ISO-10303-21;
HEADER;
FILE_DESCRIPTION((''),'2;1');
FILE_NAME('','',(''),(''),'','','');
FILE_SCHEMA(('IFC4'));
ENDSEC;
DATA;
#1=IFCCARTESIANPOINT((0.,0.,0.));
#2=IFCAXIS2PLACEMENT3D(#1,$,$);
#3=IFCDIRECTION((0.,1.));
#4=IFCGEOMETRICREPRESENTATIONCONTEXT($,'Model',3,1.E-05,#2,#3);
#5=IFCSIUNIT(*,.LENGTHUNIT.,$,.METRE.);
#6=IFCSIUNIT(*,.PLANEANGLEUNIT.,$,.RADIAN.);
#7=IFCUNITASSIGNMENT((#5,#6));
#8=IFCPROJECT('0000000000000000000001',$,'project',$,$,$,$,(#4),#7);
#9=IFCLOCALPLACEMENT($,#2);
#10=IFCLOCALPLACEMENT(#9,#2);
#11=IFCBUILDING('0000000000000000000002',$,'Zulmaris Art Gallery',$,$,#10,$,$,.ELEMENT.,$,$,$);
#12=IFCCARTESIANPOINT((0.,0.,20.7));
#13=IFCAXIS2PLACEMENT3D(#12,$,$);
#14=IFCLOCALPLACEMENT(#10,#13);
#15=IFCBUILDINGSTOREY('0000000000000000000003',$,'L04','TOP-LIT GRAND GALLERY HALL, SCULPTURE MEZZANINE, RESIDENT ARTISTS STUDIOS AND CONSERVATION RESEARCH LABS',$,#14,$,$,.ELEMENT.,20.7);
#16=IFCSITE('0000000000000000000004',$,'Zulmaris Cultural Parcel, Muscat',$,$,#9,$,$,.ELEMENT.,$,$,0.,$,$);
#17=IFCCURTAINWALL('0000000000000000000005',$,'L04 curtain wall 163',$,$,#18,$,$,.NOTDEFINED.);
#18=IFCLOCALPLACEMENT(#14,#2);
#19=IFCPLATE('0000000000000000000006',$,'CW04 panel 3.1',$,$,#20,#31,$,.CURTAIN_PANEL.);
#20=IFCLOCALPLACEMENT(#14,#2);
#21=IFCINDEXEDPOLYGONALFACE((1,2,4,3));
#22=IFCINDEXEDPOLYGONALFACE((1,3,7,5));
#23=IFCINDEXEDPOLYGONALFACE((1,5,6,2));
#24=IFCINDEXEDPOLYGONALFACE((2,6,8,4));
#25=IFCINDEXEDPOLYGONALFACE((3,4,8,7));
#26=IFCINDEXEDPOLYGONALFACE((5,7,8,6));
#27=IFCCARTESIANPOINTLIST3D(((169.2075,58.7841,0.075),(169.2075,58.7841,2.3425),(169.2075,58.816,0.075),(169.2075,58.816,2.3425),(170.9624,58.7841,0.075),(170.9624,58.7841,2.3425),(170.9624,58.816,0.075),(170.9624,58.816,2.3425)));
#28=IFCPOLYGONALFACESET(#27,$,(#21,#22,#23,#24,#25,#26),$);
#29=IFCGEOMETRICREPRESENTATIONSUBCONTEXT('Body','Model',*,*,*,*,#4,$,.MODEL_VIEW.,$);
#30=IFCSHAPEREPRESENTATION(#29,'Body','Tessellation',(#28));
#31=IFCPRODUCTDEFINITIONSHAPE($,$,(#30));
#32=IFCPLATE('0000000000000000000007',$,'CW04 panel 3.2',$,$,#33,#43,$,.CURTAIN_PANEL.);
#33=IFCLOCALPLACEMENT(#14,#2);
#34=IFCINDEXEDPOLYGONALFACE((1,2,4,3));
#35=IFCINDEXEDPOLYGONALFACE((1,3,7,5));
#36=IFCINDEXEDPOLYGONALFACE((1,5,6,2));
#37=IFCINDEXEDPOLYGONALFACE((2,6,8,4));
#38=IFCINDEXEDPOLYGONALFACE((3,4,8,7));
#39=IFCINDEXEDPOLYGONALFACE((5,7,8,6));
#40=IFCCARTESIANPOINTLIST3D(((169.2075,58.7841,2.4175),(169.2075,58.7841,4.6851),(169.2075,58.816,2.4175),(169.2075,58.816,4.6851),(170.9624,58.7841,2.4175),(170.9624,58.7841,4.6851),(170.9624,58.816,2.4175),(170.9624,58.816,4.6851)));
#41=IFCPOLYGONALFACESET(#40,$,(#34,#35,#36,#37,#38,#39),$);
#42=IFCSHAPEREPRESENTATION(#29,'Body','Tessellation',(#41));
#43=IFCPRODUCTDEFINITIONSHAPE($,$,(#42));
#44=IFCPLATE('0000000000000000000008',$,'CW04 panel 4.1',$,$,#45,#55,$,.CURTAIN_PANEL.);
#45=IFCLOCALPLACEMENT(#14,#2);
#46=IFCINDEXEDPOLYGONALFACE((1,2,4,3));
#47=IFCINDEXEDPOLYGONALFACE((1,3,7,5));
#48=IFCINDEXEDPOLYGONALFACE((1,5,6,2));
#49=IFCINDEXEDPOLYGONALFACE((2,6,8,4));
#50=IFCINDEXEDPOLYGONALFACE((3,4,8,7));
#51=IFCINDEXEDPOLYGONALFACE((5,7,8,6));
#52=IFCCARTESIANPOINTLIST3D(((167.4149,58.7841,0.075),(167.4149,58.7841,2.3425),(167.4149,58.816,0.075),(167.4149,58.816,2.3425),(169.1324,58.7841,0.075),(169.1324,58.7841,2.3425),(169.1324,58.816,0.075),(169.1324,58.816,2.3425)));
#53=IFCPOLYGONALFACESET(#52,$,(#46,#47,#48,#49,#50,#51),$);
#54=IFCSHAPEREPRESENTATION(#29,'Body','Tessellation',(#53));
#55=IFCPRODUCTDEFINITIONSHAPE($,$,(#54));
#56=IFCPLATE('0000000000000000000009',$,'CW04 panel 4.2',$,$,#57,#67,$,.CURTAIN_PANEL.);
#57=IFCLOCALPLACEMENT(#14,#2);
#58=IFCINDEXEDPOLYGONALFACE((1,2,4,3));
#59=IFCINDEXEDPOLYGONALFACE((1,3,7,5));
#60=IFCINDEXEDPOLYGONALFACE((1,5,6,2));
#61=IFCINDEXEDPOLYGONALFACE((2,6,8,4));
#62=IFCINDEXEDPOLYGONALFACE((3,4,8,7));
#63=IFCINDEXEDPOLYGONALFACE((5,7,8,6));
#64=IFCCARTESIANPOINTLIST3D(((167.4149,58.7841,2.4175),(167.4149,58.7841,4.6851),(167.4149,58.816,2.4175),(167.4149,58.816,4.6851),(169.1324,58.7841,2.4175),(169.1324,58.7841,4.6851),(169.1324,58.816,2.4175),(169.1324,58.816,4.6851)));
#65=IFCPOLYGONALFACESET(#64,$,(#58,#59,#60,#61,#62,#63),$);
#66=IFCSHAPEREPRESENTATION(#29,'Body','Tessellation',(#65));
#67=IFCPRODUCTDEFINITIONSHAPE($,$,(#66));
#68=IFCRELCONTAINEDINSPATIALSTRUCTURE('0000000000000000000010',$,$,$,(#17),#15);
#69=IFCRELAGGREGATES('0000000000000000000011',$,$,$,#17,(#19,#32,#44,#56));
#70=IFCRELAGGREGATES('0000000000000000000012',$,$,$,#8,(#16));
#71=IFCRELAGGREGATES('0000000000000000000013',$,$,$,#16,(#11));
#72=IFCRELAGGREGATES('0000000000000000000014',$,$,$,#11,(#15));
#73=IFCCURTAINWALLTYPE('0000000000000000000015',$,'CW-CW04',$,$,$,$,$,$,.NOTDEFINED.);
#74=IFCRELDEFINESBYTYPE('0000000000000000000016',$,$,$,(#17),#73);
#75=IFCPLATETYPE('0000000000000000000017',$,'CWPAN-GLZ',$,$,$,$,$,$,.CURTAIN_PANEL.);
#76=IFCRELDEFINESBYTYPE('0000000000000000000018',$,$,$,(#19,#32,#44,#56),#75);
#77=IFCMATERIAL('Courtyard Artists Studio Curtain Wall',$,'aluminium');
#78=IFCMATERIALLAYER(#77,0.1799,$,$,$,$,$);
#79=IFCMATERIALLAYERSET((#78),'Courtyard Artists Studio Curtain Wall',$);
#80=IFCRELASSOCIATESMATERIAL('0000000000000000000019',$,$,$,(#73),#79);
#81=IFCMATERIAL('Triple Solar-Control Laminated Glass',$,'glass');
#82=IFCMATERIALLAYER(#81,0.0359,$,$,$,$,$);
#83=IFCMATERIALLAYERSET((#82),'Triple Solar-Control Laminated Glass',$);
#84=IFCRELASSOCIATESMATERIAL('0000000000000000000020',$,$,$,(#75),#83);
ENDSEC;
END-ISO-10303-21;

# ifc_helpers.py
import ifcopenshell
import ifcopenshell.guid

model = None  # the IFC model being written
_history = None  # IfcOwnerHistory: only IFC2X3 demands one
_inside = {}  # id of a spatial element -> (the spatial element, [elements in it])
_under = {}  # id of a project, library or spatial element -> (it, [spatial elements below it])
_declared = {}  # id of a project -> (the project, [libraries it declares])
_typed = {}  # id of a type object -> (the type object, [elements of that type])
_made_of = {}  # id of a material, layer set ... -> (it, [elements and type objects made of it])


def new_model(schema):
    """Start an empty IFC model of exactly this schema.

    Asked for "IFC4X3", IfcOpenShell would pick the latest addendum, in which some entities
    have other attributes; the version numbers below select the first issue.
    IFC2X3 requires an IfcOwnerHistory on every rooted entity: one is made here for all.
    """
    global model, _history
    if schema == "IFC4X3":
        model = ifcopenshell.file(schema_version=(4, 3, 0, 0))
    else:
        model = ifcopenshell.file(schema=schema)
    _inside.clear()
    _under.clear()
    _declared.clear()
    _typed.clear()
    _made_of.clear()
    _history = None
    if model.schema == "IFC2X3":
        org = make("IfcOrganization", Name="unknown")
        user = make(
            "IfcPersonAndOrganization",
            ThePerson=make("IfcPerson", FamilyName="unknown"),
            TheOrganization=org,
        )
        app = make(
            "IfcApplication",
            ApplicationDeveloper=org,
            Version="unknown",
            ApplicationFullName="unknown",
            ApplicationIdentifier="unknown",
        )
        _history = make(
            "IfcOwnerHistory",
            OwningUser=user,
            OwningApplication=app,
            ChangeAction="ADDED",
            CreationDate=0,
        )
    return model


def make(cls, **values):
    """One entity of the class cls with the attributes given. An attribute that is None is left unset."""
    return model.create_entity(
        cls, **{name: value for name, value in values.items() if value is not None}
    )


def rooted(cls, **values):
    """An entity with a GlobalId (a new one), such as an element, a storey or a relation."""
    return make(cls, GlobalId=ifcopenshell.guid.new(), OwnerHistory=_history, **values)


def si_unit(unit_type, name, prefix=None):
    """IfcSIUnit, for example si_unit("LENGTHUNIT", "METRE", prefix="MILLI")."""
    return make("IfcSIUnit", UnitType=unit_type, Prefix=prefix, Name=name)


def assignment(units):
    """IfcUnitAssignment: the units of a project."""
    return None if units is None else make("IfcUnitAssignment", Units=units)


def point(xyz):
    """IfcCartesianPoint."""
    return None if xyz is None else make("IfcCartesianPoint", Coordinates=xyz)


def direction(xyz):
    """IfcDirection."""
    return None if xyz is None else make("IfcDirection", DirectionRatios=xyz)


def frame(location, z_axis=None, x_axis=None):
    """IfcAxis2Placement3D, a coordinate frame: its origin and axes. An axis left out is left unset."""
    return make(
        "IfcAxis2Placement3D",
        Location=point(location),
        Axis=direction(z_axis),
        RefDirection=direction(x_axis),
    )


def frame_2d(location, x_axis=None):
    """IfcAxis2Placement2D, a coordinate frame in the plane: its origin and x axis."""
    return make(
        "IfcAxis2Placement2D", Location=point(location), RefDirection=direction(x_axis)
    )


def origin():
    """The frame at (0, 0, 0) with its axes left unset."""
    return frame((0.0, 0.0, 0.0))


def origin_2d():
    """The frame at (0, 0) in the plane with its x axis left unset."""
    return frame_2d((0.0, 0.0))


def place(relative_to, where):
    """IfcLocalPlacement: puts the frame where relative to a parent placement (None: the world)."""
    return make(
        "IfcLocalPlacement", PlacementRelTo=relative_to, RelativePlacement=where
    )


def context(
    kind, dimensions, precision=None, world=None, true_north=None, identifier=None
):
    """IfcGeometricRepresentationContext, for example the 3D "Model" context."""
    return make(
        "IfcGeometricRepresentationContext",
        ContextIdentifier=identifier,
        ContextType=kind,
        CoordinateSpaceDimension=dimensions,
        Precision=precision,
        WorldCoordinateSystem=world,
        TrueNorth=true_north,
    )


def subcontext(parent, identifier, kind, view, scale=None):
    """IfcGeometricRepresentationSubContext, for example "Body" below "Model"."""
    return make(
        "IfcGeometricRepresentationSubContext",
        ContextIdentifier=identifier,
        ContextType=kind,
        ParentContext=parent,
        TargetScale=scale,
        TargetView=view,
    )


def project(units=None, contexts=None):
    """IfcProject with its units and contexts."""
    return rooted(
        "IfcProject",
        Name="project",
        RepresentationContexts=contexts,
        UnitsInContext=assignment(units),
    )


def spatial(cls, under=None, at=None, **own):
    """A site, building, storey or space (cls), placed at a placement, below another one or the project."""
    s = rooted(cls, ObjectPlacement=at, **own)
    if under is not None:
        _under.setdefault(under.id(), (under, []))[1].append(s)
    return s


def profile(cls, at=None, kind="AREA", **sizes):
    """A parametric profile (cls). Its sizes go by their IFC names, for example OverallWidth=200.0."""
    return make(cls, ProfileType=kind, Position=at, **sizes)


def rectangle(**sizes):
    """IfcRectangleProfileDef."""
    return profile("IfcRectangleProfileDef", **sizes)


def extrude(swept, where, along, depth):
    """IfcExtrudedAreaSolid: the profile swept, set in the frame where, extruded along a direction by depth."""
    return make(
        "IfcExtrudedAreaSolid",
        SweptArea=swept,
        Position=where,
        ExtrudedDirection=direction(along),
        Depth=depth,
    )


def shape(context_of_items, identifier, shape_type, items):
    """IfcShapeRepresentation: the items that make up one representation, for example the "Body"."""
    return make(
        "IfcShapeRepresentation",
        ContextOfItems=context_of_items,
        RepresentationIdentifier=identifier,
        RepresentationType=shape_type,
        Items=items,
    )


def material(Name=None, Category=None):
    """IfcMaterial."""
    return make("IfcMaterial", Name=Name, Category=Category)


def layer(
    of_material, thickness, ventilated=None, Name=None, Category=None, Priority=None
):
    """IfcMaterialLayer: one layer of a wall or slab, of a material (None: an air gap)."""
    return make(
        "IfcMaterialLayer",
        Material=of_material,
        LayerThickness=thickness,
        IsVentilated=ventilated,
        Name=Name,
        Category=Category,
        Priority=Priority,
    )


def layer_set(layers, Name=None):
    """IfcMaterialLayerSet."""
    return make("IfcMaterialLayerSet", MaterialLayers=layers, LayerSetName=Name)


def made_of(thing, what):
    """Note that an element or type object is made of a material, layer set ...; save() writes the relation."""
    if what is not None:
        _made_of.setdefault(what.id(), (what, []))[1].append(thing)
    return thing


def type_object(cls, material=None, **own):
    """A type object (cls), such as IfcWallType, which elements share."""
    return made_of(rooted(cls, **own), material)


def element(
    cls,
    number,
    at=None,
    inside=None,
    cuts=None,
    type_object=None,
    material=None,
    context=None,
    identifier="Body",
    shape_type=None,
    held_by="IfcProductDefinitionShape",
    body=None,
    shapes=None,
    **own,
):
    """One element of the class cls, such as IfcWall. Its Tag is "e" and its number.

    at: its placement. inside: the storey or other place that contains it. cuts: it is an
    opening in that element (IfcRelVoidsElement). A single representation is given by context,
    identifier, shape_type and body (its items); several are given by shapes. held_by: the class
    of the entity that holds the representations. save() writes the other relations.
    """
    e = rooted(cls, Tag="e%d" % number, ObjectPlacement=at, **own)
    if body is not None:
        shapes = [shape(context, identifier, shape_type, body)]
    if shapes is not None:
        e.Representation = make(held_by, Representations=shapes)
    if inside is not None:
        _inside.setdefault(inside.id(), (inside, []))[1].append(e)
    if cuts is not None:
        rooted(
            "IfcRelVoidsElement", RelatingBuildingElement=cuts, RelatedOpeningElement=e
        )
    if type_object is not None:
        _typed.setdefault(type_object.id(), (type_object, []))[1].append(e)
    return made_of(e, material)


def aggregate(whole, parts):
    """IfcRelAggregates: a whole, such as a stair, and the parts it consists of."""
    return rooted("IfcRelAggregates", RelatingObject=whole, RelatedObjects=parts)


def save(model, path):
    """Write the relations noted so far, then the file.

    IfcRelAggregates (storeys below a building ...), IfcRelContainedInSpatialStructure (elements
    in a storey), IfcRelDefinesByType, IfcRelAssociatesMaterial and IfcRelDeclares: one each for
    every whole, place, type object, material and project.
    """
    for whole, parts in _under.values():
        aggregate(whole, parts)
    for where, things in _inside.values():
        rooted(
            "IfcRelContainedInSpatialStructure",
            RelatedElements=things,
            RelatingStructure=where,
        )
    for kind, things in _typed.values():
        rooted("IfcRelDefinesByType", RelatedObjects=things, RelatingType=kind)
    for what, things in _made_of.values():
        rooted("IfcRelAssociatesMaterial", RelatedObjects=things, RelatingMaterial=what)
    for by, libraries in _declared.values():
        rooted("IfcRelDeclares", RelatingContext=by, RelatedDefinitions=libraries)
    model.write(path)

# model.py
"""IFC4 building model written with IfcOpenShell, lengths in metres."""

from ifc_helpers import new_model, si_unit, direction, frame, origin, origin_2d, place, context, subcontext, project, spatial, rectangle, extrude, material, layer, layer_set, type_object, element, aggregate, save


model = new_model("IFC4")

# Units and contexts
model_context = context("Model", 3, precision=1e-05, world=origin(), true_north=direction((0.0, 1.0)))
body_context = subcontext(model_context, "Body", "Model", "MODEL_VIEW")
ifc_project = project(units=[si_unit("LENGTHUNIT", "METRE"), si_unit("PLANEANGLEUNIT", "RADIAN")], contexts=[model_context])

# Site, building, storey
site_placement = place(None, origin())
site = spatial("IfcSite", under=ifc_project, at=site_placement, Name="Zulmaris Cultural Parcel, Muscat", CompositionType="ELEMENT", RefElevation=0.0)
building_placement = place(site_placement, origin())
building = spatial("IfcBuilding", under=site, at=building_placement, Name="Zulmaris Art Gallery", CompositionType="ELEMENT")
storey_placement = place(building_placement, frame((0.0, 0.0, 20.7)))
storey = spatial("IfcBuildingStorey", under=building, at=storey_placement, Name="L04", Description="TOP-LIT GRAND GALLERY HALL, SCULPTURE MEZZANINE, RESIDENT ARTISTS STUDIOS AND CONSERVATION RESEARCH LABS", CompositionType="ELEMENT", Elevation=20.7)

# Shared definitions
ifc_material_1 = material(Name="Courtyard Artists Studio Curtain Wall", Category="aluminium")
ifc_layer_1 = layer(ifc_material_1, 0.1799)
ifc_layer_set_1 = layer_set([ifc_layer_1], Name="Courtyard Artists Studio Curtain Wall")
curtain_wall_type = type_object("IfcCurtainWallType", Name="CW-CW04", PredefinedType="NOTDEFINED", material=ifc_layer_set_1)

# Curtain wall
curtain_wall_1_placement = place(storey_placement, origin())
curtain_wall_1 = element("IfcCurtainWall", 1, at=curtain_wall_1_placement, inside=storey, type_object=curtain_wall_type, Name="L04 curtain wall 163", PredefinedType="NOTDEFINED")

# Plates
ifc_material_2 = material(Name="Triple Solar-Control Laminated Glass", Category="glass")
ifc_layer_2 = layer(ifc_material_2, 0.0359)
ifc_layer_set_2 = layer_set([ifc_layer_2], Name="Triple Solar-Control Laminated Glass")
plate_type = type_object("IfcPlateType", Name="CWPAN-GLZ", PredefinedType="CURTAIN_PANEL", material=ifc_layer_set_2)
plate_1_placement = place(storey_placement, frame((170.085, 58.8, 0.075), z_axis=(0.0, 0.0, 1.0), x_axis=(-1.0, 0.0, 0.0)))
plate_1 = element("IfcPlate", 2, at=plate_1_placement, type_object=plate_type, Name="CW04 panel 3.1", PredefinedType="CURTAIN_PANEL", context=body_context, shape_type="SweptSolid", body=[
    extrude(rectangle(XDim=1.7549, YDim=0.032, at=origin_2d()), origin(), (0.0, 0.0, 1.0), 2.2676),
])
plate_2_placement = place(storey_placement, frame((170.085, 58.8, 2.4175), z_axis=(0.0, 0.0, 1.0), x_axis=(-1.0, 0.0, 0.0)))
plate_2 = element("IfcPlate", 3, at=plate_2_placement, type_object=plate_type, Name="CW04 panel 3.2", PredefinedType="CURTAIN_PANEL", context=body_context, shape_type="SweptSolid", body=[
    extrude(rectangle(XDim=1.7549, YDim=0.032, at=origin_2d()), origin(), (0.0, 0.0, 1.0), 2.2676),
])
plate_3_placement = place(storey_placement, frame((168.2737, 58.8, 0.075), z_axis=(0.0, 0.0, 1.0), x_axis=(-1.0, 0.0, 0.0)))
plate_3 = element("IfcPlate", 4, at=plate_3_placement, type_object=plate_type, Name="CW04 panel 4.1", PredefinedType="CURTAIN_PANEL", context=body_context, shape_type="SweptSolid", body=[
    extrude(rectangle(XDim=1.7175, YDim=0.032, at=origin_2d()), origin(), (0.0, 0.0, 1.0), 2.2676),
])
plate_4_placement = place(storey_placement, frame((168.2737, 58.8, 2.4175), z_axis=(0.0, 0.0, 1.0), x_axis=(-1.0, 0.0, 0.0)))
plate_4 = element("IfcPlate", 5, at=plate_4_placement, type_object=plate_type, Name="CW04 panel 4.2", PredefinedType="CURTAIN_PANEL", context=body_context, shape_type="SweptSolid", body=[
    extrude(rectangle(XDim=1.7175, YDim=0.032, at=origin_2d()), origin(), (0.0, 0.0, 1.0), 2.2676),
])
aggregate(curtain_wall_1, [plate_1, plate_2, plate_3, plate_4])

save(model, "model.ifc")
